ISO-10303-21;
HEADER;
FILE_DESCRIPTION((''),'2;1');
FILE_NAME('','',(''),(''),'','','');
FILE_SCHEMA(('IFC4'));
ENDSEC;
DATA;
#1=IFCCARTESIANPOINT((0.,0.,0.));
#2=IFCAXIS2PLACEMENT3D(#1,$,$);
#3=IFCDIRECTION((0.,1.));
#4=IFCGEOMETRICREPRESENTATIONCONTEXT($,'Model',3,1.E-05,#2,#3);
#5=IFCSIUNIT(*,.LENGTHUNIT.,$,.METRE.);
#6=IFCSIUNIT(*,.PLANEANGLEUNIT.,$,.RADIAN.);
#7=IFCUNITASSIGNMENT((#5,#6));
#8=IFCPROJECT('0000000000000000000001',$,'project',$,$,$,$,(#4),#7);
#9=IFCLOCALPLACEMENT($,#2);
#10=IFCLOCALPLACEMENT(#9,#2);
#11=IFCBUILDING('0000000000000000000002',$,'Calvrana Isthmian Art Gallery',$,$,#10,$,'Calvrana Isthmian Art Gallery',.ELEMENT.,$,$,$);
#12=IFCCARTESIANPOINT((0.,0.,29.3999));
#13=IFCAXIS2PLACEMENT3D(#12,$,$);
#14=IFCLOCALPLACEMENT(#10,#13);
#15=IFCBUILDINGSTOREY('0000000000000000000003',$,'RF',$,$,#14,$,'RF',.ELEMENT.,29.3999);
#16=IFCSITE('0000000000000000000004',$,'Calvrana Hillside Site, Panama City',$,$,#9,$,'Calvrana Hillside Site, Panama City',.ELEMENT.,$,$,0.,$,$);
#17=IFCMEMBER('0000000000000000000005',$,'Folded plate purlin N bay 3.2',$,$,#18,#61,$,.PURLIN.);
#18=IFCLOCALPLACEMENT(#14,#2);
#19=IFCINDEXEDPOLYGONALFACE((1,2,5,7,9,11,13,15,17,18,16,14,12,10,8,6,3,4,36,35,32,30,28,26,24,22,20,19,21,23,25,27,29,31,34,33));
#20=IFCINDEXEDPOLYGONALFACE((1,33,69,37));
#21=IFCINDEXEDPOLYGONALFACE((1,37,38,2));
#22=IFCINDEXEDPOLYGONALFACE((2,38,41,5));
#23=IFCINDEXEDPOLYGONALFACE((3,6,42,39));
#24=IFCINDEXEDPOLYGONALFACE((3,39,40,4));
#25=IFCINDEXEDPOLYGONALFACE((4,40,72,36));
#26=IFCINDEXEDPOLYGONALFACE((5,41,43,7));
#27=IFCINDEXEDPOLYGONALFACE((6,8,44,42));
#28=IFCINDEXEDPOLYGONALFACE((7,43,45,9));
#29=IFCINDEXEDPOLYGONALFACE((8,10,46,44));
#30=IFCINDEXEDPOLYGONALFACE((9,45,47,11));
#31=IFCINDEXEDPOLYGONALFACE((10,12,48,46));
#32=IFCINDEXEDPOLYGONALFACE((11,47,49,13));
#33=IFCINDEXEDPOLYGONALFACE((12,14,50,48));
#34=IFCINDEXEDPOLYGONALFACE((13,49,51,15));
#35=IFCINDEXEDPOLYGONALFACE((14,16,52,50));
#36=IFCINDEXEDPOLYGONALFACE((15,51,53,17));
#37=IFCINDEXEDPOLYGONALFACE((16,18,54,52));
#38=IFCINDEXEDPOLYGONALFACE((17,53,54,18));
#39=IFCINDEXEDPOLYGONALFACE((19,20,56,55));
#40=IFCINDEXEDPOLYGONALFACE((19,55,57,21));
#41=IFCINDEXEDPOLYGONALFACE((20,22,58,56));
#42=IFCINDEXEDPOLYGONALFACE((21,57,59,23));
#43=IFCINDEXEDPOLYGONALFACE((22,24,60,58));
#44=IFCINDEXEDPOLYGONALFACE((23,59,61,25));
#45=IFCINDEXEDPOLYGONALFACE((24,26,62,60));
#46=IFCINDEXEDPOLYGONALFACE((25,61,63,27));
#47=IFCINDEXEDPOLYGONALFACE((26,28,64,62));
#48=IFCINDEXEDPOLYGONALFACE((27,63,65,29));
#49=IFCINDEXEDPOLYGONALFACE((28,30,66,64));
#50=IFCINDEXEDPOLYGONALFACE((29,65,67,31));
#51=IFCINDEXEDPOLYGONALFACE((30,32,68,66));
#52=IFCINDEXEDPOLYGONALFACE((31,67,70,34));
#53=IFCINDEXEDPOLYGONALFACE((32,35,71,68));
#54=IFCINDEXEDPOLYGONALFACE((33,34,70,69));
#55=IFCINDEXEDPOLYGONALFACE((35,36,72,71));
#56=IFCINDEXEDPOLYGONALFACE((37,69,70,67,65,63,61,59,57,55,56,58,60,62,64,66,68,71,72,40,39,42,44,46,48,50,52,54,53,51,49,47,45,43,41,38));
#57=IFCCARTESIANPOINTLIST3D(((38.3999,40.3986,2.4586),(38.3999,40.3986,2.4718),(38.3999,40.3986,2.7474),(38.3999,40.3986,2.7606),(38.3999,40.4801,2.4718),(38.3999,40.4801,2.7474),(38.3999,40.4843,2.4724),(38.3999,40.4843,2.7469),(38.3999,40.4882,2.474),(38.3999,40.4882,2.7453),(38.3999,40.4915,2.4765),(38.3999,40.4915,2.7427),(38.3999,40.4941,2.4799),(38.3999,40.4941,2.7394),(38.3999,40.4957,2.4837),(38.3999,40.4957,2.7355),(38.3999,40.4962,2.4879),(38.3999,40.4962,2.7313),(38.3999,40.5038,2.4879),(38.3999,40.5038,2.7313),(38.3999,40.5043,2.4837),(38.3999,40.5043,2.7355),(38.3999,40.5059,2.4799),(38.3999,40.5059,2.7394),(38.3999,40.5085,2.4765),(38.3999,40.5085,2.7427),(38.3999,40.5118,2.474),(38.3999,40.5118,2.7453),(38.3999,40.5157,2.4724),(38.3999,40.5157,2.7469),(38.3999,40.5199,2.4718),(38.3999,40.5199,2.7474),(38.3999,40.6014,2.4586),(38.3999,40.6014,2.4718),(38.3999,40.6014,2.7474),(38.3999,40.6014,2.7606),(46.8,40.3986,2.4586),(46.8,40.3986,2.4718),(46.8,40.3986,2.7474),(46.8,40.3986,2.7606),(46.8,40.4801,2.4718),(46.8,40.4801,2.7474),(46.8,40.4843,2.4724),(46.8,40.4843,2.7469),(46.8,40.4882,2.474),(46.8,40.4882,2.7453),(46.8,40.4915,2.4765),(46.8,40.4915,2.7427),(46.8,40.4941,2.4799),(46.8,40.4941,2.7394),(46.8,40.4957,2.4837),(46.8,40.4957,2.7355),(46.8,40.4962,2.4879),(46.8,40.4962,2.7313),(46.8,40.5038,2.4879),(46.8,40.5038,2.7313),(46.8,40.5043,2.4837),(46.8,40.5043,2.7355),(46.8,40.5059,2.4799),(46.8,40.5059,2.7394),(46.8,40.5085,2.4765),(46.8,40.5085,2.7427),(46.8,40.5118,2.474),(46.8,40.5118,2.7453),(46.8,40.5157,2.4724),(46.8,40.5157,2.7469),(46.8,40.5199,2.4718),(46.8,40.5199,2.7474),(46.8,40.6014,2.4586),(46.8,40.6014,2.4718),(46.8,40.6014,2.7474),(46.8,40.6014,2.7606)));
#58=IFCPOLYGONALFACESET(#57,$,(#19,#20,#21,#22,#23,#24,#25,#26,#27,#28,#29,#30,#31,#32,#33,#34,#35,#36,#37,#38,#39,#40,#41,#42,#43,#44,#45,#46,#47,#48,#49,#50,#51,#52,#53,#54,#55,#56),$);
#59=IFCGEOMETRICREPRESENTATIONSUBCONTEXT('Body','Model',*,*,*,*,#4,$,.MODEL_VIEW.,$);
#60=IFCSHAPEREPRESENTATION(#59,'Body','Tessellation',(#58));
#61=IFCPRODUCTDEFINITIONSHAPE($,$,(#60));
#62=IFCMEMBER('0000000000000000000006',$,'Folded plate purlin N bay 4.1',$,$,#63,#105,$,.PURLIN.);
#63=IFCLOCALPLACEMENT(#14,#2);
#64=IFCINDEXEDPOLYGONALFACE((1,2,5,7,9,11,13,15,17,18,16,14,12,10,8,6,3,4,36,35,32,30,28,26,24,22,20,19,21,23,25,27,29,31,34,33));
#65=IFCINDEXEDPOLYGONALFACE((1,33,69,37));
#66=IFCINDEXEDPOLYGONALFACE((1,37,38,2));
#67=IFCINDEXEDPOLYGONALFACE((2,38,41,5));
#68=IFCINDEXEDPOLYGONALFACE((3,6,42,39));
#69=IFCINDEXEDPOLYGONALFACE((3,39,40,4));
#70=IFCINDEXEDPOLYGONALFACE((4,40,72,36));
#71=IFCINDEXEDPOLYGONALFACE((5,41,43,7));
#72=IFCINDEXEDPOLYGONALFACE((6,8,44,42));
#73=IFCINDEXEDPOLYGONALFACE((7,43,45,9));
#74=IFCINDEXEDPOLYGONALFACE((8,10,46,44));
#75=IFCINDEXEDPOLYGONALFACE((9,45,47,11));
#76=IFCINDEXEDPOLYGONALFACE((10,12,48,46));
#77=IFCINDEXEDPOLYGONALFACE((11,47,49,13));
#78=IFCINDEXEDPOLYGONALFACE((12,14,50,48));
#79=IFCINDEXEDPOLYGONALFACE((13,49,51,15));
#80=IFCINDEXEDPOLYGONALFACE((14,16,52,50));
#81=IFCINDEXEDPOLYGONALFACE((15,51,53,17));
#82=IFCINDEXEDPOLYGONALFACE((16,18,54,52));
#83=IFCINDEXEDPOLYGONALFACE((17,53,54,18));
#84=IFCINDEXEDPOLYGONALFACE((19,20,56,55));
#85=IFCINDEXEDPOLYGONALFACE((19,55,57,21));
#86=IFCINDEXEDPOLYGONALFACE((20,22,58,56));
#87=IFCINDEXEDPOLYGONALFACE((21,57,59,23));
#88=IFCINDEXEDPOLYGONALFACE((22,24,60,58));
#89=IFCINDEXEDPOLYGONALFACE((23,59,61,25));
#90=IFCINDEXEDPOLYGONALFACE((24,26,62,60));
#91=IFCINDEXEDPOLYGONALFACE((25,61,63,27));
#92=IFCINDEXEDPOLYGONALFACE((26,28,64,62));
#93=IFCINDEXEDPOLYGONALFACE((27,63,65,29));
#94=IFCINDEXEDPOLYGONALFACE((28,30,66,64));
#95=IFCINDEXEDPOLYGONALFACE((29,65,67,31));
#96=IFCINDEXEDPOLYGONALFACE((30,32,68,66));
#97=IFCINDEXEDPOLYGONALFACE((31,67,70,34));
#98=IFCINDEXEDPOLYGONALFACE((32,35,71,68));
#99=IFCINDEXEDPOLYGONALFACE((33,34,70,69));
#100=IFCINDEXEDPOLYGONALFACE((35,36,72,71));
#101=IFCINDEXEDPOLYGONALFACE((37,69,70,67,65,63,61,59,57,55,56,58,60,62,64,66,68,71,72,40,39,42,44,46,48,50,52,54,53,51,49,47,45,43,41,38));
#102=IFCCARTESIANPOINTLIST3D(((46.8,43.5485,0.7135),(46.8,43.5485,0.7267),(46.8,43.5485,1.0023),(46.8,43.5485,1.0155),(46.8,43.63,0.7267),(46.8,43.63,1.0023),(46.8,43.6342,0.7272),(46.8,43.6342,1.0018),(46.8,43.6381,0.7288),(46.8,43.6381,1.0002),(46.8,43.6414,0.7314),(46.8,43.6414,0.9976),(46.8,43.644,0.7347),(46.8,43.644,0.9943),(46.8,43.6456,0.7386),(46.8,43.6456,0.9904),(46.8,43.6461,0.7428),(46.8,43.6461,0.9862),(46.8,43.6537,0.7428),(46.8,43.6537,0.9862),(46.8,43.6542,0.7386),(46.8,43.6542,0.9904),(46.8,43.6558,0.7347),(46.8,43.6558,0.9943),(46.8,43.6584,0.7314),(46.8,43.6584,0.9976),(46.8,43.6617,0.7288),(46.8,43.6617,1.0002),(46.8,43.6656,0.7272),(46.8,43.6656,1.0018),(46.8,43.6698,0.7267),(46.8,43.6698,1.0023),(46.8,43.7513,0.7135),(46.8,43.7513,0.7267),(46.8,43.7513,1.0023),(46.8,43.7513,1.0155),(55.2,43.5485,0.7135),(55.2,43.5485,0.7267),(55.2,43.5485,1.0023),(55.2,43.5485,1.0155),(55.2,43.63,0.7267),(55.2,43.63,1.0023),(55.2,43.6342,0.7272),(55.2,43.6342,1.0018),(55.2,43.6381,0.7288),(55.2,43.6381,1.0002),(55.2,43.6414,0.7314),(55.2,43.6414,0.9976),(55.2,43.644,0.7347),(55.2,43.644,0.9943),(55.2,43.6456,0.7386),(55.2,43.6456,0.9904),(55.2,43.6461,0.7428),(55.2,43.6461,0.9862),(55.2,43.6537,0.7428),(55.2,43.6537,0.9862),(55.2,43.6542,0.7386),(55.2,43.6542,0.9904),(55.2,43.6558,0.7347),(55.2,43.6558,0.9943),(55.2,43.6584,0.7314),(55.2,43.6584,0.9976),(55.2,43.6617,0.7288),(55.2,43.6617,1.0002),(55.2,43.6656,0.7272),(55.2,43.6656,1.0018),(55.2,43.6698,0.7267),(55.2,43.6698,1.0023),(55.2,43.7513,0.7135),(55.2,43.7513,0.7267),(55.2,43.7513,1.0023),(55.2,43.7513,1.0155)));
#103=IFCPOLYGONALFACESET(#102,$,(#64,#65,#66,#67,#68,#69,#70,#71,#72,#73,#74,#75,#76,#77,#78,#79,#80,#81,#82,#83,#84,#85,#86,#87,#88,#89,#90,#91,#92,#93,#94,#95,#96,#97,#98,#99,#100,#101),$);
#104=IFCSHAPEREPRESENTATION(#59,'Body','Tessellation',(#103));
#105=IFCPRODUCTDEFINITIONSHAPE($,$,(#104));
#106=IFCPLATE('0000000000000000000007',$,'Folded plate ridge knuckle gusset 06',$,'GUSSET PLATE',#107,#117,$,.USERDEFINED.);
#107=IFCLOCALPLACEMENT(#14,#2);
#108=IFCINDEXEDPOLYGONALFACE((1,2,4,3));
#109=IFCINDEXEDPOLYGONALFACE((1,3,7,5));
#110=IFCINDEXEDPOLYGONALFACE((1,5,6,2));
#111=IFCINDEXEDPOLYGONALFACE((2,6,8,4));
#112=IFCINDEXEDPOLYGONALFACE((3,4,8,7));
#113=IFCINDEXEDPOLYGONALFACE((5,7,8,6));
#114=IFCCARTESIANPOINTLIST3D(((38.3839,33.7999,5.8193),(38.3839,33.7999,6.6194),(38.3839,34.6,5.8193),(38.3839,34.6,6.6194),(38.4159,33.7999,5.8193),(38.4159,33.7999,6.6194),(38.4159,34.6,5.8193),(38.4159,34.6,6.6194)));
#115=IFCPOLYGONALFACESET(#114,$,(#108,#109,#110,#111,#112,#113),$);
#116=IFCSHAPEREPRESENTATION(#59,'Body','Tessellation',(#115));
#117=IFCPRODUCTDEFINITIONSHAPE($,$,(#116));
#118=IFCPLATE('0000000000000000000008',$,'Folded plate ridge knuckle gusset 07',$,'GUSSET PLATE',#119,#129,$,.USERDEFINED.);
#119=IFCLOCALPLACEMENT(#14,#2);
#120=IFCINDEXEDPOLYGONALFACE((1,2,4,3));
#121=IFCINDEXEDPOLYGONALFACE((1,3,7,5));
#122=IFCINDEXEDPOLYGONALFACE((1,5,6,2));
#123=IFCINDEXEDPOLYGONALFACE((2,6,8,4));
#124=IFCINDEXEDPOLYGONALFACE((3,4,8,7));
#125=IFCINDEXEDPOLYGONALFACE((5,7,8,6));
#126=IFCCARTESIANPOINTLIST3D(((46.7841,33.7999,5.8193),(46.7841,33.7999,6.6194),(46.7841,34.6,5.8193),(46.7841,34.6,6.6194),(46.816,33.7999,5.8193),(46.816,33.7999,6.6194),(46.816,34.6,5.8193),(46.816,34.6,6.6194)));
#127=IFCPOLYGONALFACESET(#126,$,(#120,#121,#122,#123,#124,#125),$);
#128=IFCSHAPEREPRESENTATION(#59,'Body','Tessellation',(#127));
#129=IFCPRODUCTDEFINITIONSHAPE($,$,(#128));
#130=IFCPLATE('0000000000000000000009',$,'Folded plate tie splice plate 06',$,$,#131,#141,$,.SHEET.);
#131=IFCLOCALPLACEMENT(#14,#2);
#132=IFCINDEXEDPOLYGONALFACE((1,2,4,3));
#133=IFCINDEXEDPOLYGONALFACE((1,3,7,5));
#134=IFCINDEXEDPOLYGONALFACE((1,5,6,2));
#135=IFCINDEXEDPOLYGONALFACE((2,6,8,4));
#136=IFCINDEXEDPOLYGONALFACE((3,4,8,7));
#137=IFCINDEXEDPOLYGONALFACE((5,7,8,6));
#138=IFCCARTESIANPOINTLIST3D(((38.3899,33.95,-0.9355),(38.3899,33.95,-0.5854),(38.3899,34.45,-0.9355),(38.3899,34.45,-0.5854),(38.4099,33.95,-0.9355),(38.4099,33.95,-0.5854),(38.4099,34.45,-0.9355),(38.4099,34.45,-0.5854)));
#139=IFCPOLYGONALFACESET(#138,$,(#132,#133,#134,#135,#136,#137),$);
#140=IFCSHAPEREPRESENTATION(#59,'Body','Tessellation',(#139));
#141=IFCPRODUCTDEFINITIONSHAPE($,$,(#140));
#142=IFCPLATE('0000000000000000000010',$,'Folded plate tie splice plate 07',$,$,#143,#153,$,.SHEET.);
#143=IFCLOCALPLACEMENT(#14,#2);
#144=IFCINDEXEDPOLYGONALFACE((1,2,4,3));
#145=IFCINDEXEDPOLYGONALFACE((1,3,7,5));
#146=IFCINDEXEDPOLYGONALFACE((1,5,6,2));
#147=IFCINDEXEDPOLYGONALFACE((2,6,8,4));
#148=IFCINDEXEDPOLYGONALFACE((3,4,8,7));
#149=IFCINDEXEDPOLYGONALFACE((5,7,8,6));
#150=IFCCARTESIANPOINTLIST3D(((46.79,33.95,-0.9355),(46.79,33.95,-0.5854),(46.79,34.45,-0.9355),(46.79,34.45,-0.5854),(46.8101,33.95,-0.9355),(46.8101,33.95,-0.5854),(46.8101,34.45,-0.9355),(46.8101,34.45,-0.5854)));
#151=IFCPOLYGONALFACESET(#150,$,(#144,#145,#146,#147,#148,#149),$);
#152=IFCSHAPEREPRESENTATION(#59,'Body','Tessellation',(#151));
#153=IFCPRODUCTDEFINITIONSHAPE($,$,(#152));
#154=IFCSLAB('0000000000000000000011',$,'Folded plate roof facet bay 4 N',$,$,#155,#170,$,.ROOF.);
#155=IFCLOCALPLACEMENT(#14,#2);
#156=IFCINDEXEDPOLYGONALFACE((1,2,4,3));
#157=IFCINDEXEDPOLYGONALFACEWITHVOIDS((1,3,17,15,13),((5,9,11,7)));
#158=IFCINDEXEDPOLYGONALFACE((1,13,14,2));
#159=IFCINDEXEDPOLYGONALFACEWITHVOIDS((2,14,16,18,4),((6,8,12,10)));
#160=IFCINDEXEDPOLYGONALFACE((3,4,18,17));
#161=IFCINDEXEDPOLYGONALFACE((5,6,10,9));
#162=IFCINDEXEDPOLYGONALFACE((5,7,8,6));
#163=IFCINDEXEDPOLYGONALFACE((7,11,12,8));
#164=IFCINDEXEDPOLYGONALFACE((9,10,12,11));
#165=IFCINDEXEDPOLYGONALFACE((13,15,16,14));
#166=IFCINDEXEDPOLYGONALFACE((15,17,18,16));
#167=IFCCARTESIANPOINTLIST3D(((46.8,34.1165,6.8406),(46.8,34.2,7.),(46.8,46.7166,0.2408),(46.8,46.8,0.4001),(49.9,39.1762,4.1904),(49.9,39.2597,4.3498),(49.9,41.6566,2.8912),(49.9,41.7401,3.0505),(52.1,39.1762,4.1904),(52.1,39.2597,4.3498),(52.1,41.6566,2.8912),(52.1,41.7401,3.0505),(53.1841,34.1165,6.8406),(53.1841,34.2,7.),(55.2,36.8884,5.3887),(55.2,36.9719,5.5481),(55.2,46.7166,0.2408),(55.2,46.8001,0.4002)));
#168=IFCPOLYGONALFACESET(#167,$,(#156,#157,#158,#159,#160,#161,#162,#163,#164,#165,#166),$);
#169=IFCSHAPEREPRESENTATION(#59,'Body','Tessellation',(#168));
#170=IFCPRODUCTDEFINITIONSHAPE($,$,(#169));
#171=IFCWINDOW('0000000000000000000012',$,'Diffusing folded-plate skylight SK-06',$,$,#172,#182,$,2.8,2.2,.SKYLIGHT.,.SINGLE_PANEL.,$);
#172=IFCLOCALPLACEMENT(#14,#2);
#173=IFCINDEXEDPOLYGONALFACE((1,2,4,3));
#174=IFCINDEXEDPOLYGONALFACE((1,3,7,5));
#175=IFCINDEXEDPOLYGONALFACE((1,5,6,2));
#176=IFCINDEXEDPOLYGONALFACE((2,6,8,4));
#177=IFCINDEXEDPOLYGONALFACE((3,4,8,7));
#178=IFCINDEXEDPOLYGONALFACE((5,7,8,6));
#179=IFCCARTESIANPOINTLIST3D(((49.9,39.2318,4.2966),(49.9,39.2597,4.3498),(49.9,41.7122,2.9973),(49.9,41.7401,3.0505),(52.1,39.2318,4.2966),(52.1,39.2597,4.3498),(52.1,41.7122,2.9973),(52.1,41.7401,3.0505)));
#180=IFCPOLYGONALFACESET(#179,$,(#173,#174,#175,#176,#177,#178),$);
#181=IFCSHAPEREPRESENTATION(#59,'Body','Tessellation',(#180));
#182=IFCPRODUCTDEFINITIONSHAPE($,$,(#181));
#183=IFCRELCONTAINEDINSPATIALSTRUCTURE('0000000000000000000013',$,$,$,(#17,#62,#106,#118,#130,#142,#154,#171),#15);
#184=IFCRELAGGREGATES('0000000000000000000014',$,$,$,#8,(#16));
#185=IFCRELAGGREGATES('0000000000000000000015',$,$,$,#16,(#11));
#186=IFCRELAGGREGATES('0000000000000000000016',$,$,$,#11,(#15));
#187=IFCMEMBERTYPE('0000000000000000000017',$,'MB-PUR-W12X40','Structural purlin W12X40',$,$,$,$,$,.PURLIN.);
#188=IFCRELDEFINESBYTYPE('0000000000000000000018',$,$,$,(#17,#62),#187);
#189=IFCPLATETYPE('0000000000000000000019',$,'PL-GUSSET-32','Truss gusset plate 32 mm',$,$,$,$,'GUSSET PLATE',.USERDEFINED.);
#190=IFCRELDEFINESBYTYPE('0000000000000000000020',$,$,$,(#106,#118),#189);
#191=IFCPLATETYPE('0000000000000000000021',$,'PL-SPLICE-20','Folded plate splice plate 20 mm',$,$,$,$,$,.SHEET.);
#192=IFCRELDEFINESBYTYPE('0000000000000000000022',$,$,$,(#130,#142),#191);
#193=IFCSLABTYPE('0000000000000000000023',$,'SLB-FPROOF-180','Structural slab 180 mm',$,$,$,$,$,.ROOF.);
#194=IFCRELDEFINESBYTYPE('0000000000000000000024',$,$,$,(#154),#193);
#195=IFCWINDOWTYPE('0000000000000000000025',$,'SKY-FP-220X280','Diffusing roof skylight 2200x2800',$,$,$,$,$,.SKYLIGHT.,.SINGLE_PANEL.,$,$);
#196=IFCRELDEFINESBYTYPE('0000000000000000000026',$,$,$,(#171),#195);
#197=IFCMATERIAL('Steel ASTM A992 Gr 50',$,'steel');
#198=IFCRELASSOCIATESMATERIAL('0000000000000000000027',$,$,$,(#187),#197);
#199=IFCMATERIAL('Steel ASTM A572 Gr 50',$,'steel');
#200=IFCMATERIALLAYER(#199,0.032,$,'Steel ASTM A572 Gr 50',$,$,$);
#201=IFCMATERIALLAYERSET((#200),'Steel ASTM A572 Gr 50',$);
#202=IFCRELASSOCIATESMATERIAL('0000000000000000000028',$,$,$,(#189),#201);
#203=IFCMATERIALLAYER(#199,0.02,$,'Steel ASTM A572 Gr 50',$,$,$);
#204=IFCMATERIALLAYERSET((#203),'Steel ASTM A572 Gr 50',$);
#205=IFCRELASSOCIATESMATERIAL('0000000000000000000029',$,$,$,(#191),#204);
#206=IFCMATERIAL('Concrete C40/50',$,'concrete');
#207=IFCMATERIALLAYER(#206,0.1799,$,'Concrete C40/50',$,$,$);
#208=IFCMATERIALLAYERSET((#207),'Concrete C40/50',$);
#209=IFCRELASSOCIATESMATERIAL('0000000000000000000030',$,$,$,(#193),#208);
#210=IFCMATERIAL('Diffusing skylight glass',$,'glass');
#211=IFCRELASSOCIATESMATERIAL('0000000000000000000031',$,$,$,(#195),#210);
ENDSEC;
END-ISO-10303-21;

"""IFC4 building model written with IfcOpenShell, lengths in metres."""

from ifc_helpers import new_model, si_unit, direction, frame, origin, origin_2d, place, context, subcontext, project, spatial, polyline, rectangle, i_section, outline, extrude, material, layer, layer_set, material_profile, profile_set, type_object, element, fill, save


model = new_model("IFC4")

# Units and contexts
model_context = context("Model", 3, precision=1e-05, world=origin(), true_north=direction((0.0, 1.0)))
body_context = subcontext(model_context, "Body", "Model", "MODEL_VIEW")
ifc_project = project(units=[si_unit("LENGTHUNIT", "METRE"), si_unit("PLANEANGLEUNIT", "RADIAN")], contexts=[model_context])

# Site, building, storey
site_placement = place(None, origin())
site = spatial("IfcSite", under=ifc_project, at=site_placement, Name="Calvrana Hillside Site, Panama City", LongName="Calvrana Hillside Site, Panama City", CompositionType="ELEMENT", RefElevation=0.0)
building_placement = place(site_placement, origin())
building = spatial("IfcBuilding", under=site, at=building_placement, Name="Calvrana Isthmian Art Gallery", LongName="Calvrana Isthmian Art Gallery", CompositionType="ELEMENT")
storey_placement = place(building_placement, frame((0.0, 0.0, 29.3999)))
storey = spatial("IfcBuildingStorey", under=building, at=storey_placement, Name="RF", LongName="RF", CompositionType="ELEMENT", Elevation=29.3999)

# Shared definitions
ifc_material_1 = material(Name="Steel ASTM A992 Gr 50", Category="steel")

# Members
ifc_material_profile_1 = material_profile(ifc_material_1, i_section(OverallWidth=0.2029, OverallDepth=0.302, WebThickness=0.0076, FlangeThickness=0.0132, FilletRadius=0.0161, at=origin_2d()), Name="W12X40")
ifc_profile_set_1 = profile_set([ifc_material_profile_1], Name="Steel ASTM A992 Gr 50")
member_type_1 = type_object("IfcMemberType", Name="MB-PUR-W12X40", Description="Structural purlin W12X40", PredefinedType="PURLIN", material=ifc_profile_set_1)
member_1_placement = place(storey_placement, frame((38.3999, 40.5, 2.6096), z_axis=(1.0, 0.0, 0.0), x_axis=(0.0, 1.0, 0.0)))
element("IfcMember", 1, at=member_1_placement, inside=storey, type_object=member_type_1, Name="Folded plate purlin N bay 3.2", PredefinedType="PURLIN", context=body_context, shape_type="SweptSolid", body=[
    extrude(i_section(OverallWidth=0.2029, OverallDepth=0.302, WebThickness=0.0076, FlangeThickness=0.0132, FilletRadius=0.0161, at=origin_2d()), origin(), (0.0, 0.0, 1.0), 8.4001),
])
member_2_placement = place(storey_placement, frame((46.8, 43.6499, 0.8645), z_axis=(1.0, 0.0, 0.0), x_axis=(0.0, 1.0, 0.0)))
element("IfcMember", 2, at=member_2_placement, inside=storey, type_object=member_type_1, Name="Folded plate purlin N bay 4.1", PredefinedType="PURLIN", context=body_context, shape_type="SweptSolid", body=[
    extrude(i_section(OverallWidth=0.2029, OverallDepth=0.302, WebThickness=0.0076, FlangeThickness=0.0132, FilletRadius=0.0161, at=origin_2d()), origin(), (0.0, 0.0, 1.0), 8.3999),
])

# Plates
ifc_material_2 = material(Name="Steel ASTM A572 Gr 50", Category="steel")
ifc_layer_1 = layer(ifc_material_2, 0.032, Name="Steel ASTM A572 Gr 50")
ifc_layer_set_1 = layer_set([ifc_layer_1], Name="Steel ASTM A572 Gr 50")
plate_type_1 = type_object("IfcPlateType", Name="PL-GUSSET-32", Description="Truss gusset plate 32 mm", ElementType="GUSSET PLATE", PredefinedType="USERDEFINED", material=ifc_layer_set_1)
for number, where, z_axis, x_axis, name in (
    (3, (38.3999, 34.2, 5.8193), (0.0, 0.0, 1.0), (1.0, 0.0, 0.0), "Folded plate ridge knuckle gusset 06"),
    (4, (46.8, 34.2, 5.8193), (0.0, 0.0, 1.0), (1.0, 0.0, 0.0), "Folded plate ridge knuckle gusset 07"),
):
    element("IfcPlate", number, at=place(storey_placement, frame(where, z_axis=z_axis, x_axis=x_axis)), inside=storey, type_object=plate_type_1, Name=name, ObjectType="GUSSET PLATE", PredefinedType="USERDEFINED", context=body_context, shape_type="SweptSolid", body=[
        extrude(rectangle(XDim=0.032, YDim=0.8, at=origin_2d()), origin(), (0.0, 0.0, 1.0), 0.8),
    ])
ifc_layer_2 = layer(ifc_material_2, 0.02, Name="Steel ASTM A572 Gr 50")
ifc_layer_set_2 = layer_set([ifc_layer_2], Name="Steel ASTM A572 Gr 50")
plate_type_2 = type_object("IfcPlateType", Name="PL-SPLICE-20", Description="Folded plate splice plate 20 mm", PredefinedType="SHEET", material=ifc_layer_set_2)
for number, where, z_axis, x_axis, name in (
    (5, (38.3999, 34.2, -0.9355), (0.0, 0.0, 1.0), (1.0, 0.0, 0.0), "Folded plate tie splice plate 06"),
    (6, (46.8, 34.2, -0.9355), (0.0, 0.0, 1.0), (1.0, 0.0, 0.0), "Folded plate tie splice plate 07"),
):
    element("IfcPlate", number, at=place(storey_placement, frame(where, z_axis=z_axis, x_axis=x_axis)), inside=storey, type_object=plate_type_2, Name=name, PredefinedType="SHEET", context=body_context, shape_type="SweptSolid", body=[
        extrude(rectangle(XDim=0.02, YDim=0.5, at=origin_2d()), origin(), (0.0, 0.0, 1.0), 0.3501),
    ])

# Slab, opening, window
ifc_material_3 = material(Name="Concrete C40/50", Category="concrete")
ifc_layer_3 = layer(ifc_material_3, 0.1799, Name="Concrete C40/50")
ifc_layer_set_3 = layer_set([ifc_layer_3], Name="Concrete C40/50")
slab_type = type_object("IfcSlabType", Name="SLB-FPROOF-180", Description="Structural slab 180 mm", PredefinedType="ROOF", material=ifc_layer_set_3)
slab_1_placement = place(storey_placement, frame((46.8, 34.2, 7.0), z_axis=(-0.000002, 0.463996, 0.885837), x_axis=(1.0, 0.000001, 0.000002)))
slab_1 = element("IfcSlab", 7, at=slab_1_placement, inside=storey, type_object=slab_type, Name="Folded plate roof facet bay 4 N", PredefinedType="ROOF", context=body_context, shape_type="SweptSolid", body=[
    extrude(outline(polyline([(0.0, 0.0), (6.384, 0.0), (8.3999, 3.1292), (8.3999, 14.2239), (0.0, 14.2239), (0.0, 0.0)])), origin(), (0.0, 0.0, -1.0), 0.1799),
])
opening_1_placement = place(slab_1_placement, frame((4.2, 7.1118, 0.0103)))
opening_1 = element("IfcOpeningElement", 8, at=opening_1_placement, cuts=slab_1, PredefinedType="OPENING", context=body_context, shape_type="SweptSolid", body=[
    extrude(rectangle(XDim=2.2, YDim=2.8, at=origin_2d()), origin(), (0.0, 0.0, -1.0), 0.2004),
])
ifc_material_4 = material(Name="Diffusing skylight glass", Category="glass")
window_type_1 = type_object("IfcWindowType", Name="SKY-FP-220X280", Description="Diffusing roof skylight 2200x2800", PartitioningType="SINGLE_PANEL", PredefinedType="SKYLIGHT", material=ifc_material_4)
window_1_placement = place(slab_1_placement, frame((4.2, 7.1118, 0.0)))
window_1 = element("IfcWindow", 9, at=window_1_placement, inside=storey, type_object=window_type_1, Name="Diffusing folded-plate skylight SK-06", OverallHeight=2.8, OverallWidth=2.2, PartitioningType="SINGLE_PANEL", PredefinedType="SKYLIGHT", context=body_context, shape_type="SweptSolid", body=[
    extrude(rectangle(XDim=2.2, YDim=2.8, at=origin_2d()), origin(), (0.0, 0.0, -1.0), 0.0601),
])
fill(opening_1, window_1)

save(model, "model.ifc")
